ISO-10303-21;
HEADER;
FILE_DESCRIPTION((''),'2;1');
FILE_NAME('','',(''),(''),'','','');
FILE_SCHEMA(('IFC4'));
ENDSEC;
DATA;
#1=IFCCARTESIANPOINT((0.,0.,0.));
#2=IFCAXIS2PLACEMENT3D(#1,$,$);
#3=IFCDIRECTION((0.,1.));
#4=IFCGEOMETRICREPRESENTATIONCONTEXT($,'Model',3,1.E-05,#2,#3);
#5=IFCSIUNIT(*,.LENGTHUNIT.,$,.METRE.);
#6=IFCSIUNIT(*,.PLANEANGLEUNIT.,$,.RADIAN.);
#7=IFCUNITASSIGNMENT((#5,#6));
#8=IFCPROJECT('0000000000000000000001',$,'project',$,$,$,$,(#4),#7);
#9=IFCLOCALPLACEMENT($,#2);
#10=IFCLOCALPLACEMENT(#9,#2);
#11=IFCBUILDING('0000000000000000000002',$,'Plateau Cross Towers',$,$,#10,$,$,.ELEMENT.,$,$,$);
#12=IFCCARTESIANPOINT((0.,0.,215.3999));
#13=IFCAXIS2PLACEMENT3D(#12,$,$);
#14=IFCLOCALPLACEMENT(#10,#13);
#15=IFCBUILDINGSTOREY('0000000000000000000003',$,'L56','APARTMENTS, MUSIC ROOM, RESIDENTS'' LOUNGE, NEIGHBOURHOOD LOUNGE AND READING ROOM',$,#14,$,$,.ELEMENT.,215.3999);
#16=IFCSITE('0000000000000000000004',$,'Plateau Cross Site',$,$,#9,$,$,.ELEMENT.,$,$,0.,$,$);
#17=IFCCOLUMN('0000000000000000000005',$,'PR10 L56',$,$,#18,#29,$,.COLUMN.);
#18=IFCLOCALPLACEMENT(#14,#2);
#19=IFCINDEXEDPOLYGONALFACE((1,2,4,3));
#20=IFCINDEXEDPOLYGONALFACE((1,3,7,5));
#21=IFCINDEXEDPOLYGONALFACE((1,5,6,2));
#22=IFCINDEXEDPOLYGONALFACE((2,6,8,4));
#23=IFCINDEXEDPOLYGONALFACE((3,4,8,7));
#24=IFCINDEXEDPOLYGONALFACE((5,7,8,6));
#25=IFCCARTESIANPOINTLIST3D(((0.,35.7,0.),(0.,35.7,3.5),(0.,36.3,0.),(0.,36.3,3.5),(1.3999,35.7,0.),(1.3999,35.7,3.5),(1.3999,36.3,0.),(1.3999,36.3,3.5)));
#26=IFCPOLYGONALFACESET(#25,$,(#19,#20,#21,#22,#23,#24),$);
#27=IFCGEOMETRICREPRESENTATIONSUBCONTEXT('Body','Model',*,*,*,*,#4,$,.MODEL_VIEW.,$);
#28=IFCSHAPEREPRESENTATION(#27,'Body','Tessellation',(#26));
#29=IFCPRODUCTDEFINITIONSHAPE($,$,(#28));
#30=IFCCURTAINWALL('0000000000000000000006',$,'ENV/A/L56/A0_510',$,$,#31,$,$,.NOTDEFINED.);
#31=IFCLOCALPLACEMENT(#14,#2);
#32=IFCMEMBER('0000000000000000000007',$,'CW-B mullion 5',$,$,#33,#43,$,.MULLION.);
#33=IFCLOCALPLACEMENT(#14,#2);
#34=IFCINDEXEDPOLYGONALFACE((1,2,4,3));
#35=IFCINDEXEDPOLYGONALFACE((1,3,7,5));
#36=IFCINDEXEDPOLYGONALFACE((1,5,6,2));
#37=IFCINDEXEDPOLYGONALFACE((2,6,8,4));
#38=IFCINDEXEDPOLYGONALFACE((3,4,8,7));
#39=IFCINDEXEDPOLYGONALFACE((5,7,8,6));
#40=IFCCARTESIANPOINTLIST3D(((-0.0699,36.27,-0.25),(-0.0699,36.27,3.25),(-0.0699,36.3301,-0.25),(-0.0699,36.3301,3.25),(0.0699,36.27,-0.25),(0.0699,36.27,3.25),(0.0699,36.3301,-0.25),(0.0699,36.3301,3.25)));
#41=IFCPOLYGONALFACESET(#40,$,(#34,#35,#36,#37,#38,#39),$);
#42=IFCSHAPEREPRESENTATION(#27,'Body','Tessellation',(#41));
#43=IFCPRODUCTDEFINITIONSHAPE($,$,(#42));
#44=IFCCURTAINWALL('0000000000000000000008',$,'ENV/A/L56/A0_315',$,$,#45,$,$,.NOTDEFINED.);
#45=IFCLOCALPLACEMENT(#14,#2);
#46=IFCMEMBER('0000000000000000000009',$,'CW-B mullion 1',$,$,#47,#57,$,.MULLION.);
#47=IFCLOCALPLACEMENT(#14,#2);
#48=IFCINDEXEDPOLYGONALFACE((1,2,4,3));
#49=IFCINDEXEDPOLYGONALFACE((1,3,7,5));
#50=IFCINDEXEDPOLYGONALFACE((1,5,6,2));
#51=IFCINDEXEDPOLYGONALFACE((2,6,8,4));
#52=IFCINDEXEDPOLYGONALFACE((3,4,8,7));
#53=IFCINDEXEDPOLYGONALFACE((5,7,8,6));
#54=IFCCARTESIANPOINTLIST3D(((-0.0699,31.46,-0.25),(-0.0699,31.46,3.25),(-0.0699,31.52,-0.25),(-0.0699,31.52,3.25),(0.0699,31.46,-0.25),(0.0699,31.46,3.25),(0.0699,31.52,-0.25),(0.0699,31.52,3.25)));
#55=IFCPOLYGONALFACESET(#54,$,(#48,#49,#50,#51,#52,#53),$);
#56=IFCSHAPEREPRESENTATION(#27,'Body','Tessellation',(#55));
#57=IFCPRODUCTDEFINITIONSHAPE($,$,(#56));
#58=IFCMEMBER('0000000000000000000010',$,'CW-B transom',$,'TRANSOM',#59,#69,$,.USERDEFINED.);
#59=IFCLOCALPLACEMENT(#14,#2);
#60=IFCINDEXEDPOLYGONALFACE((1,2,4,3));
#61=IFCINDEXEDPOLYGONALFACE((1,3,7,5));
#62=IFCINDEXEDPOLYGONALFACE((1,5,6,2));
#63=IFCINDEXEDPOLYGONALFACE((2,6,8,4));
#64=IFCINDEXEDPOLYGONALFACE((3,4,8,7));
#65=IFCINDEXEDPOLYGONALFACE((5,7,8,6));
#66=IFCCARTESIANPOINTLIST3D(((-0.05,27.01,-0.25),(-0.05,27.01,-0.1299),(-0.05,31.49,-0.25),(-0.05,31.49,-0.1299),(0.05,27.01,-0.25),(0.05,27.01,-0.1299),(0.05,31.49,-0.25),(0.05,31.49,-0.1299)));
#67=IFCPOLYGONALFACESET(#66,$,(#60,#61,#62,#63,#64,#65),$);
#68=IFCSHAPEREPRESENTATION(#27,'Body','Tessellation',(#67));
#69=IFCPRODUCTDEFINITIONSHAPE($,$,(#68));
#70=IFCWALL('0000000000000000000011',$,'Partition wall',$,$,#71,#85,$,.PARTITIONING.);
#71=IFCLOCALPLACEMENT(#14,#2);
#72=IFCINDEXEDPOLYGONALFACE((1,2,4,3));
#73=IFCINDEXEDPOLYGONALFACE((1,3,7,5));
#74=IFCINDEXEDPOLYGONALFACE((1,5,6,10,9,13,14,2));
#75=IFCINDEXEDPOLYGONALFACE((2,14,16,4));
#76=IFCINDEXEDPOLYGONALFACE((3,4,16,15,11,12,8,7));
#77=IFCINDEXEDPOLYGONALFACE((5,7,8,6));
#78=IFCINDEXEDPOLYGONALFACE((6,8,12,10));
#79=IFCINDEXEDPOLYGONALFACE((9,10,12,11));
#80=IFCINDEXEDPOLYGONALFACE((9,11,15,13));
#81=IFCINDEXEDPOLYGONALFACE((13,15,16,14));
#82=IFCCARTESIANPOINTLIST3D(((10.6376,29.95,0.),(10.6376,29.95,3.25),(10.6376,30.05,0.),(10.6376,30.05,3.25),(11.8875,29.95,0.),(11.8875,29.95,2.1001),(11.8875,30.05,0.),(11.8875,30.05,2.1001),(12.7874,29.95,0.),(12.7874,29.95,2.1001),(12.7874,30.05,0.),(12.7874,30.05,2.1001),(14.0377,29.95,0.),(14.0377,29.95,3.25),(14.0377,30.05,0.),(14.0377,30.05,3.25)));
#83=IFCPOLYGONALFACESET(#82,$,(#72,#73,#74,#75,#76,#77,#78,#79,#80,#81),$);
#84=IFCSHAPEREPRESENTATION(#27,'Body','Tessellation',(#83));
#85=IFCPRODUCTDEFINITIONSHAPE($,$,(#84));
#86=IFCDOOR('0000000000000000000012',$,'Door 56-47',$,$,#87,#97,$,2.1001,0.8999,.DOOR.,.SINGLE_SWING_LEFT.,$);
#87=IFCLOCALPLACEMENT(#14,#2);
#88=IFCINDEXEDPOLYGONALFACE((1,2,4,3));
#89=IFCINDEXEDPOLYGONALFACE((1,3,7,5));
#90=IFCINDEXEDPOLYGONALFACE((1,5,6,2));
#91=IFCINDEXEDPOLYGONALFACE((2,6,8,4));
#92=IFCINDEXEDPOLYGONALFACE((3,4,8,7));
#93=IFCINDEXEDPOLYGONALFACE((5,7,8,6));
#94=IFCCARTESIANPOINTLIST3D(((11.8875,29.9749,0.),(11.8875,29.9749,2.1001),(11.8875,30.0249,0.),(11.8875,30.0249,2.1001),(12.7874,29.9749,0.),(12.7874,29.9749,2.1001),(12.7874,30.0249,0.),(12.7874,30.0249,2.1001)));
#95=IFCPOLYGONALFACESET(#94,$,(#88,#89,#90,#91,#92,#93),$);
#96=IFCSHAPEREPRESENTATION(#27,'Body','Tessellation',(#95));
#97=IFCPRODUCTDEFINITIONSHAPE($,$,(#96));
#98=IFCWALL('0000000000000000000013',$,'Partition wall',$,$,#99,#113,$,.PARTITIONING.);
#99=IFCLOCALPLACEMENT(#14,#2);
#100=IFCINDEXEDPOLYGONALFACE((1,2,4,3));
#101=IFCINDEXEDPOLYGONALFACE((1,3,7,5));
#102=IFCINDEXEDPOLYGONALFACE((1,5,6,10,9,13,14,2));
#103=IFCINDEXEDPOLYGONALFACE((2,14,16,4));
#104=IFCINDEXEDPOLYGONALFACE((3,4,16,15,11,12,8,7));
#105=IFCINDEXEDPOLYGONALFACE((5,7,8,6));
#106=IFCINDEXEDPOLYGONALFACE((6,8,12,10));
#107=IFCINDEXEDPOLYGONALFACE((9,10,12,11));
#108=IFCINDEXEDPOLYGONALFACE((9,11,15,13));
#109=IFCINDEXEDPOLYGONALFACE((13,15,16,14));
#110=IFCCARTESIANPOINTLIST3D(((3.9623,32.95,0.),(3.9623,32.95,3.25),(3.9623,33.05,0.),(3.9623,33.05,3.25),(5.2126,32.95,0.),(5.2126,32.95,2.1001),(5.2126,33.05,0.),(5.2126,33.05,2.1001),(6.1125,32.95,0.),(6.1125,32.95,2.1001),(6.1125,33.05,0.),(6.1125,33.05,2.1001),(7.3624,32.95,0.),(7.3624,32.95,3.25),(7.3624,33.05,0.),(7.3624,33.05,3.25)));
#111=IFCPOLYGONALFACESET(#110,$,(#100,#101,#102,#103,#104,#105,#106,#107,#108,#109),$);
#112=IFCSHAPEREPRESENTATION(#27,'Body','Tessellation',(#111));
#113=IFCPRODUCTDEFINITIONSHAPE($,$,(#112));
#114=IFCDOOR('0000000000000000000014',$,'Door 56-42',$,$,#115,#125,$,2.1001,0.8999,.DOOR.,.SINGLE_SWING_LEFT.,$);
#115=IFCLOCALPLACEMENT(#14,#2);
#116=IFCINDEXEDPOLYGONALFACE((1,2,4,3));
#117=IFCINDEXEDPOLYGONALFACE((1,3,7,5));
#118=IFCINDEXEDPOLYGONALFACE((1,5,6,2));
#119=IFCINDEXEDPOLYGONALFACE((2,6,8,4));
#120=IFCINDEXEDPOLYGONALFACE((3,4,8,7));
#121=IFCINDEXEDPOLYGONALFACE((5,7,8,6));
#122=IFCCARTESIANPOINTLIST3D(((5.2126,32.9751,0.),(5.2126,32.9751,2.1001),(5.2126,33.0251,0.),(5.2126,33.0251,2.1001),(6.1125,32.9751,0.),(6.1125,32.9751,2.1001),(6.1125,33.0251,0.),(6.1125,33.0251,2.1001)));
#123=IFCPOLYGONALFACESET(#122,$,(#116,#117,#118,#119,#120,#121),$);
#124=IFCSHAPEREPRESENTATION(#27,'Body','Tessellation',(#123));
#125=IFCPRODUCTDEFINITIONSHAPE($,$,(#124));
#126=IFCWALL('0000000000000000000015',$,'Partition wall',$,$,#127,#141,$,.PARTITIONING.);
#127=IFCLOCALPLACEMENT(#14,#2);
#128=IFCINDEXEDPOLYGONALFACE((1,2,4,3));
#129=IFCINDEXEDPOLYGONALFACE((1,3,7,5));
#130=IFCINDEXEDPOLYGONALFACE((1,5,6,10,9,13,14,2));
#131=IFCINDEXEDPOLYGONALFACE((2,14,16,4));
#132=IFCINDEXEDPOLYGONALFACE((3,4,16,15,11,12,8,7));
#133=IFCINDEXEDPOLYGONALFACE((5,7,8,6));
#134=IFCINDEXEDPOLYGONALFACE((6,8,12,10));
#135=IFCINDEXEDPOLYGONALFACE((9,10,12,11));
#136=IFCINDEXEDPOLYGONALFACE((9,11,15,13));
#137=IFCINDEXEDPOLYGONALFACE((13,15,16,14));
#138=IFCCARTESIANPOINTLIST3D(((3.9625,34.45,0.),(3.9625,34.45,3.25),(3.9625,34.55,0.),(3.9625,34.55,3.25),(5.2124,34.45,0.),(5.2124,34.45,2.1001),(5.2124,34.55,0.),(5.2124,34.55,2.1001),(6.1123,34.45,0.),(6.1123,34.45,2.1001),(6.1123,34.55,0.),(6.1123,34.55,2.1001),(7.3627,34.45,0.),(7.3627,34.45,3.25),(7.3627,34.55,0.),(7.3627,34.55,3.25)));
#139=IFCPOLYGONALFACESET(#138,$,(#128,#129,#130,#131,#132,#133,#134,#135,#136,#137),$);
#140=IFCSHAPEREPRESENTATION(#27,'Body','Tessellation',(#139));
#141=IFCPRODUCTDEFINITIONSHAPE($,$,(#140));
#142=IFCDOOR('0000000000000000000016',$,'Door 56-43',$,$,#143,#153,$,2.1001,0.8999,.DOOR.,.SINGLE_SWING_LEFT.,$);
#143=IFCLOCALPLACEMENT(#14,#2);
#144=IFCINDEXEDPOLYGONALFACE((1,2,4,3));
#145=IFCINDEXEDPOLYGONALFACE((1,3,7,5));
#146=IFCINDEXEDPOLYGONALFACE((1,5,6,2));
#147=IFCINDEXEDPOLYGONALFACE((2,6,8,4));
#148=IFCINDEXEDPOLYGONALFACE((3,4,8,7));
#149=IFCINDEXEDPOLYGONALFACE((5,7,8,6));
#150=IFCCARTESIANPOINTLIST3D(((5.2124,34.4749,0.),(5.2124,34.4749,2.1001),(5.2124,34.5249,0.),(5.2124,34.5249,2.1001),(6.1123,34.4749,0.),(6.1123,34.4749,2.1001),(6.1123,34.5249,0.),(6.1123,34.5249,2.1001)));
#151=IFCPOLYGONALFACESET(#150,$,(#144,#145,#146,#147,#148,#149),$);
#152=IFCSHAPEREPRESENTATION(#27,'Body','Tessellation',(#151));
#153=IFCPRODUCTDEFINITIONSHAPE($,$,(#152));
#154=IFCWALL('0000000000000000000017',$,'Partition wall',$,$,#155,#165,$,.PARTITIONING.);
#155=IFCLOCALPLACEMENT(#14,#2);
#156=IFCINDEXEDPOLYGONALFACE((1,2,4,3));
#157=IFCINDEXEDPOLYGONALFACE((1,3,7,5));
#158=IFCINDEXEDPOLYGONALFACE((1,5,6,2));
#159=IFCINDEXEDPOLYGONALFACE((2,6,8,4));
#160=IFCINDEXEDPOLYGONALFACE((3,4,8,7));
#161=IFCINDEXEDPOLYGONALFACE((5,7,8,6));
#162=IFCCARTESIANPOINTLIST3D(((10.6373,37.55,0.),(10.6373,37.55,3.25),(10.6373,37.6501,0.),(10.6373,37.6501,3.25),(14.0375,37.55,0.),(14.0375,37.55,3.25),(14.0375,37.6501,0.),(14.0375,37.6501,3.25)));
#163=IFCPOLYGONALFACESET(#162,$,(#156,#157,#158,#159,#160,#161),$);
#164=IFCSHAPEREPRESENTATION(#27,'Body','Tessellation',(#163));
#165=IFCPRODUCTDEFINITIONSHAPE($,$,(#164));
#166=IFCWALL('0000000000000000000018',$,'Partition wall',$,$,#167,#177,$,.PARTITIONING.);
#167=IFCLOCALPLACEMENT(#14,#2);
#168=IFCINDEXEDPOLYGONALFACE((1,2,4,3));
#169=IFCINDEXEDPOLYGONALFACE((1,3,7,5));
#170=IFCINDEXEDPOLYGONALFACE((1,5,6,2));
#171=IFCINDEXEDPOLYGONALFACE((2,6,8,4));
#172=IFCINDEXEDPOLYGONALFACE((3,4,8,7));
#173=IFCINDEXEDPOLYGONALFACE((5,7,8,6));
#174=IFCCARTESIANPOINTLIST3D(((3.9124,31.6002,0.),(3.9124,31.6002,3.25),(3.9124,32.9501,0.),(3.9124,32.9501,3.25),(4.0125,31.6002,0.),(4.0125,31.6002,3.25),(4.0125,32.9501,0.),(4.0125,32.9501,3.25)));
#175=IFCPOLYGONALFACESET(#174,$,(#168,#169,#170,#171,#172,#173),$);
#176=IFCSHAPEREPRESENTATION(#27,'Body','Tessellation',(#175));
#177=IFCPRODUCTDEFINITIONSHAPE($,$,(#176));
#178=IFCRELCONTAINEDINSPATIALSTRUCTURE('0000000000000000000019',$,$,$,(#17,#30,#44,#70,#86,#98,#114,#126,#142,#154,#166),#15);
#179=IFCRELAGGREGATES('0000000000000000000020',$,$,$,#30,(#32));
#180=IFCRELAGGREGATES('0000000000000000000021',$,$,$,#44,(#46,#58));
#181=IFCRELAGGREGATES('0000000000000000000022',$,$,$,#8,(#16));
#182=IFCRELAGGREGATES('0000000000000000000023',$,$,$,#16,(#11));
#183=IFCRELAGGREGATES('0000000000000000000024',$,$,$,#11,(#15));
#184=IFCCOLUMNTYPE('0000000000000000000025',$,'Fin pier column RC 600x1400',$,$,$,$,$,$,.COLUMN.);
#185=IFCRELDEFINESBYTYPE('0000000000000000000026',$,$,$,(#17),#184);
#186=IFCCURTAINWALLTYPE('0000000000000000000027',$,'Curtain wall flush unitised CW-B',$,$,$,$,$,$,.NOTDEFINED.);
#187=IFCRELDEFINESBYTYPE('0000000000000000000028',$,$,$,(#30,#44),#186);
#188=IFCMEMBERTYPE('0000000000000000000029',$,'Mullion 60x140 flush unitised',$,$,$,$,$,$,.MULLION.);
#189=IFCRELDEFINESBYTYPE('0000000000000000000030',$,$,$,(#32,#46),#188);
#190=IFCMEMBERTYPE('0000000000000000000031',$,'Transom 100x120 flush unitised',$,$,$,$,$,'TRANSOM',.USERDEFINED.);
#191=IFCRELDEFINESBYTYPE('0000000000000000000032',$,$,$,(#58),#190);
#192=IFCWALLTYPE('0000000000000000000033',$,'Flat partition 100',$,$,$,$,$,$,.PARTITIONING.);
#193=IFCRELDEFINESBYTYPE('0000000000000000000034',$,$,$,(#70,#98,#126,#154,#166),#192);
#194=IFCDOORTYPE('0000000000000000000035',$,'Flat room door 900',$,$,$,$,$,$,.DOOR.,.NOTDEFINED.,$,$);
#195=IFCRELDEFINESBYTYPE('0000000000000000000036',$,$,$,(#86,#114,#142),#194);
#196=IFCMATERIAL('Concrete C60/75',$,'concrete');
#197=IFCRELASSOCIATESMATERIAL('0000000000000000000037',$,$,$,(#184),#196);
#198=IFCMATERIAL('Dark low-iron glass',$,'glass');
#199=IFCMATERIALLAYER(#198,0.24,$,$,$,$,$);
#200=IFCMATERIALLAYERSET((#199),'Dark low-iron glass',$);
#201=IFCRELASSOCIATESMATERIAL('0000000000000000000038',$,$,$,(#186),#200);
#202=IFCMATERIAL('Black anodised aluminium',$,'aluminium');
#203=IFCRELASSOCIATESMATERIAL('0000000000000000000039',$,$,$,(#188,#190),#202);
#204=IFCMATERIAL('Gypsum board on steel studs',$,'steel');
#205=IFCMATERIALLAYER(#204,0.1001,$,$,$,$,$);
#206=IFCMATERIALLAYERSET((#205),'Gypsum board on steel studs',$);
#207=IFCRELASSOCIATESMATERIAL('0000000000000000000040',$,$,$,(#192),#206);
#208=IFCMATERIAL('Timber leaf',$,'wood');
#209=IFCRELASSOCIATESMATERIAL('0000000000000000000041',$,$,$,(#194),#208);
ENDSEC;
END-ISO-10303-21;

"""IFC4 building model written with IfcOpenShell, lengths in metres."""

from ifc_helpers import new_model, si_unit, direction, frame, frame_2d, origin, origin_2d, place, context, subcontext, project, spatial, rectangle, extrude, material, layer, layer_set, material_profile, profile_set, type_object, element, fill, aggregate, save


model = new_model("IFC4")

# Units and contexts
model_context = context("Model", 3, precision=1e-05, world=origin(), true_north=direction((0.0, 1.0)))
body_context = subcontext(model_context, "Body", "Model", "MODEL_VIEW")
ifc_project = project(units=[si_unit("LENGTHUNIT", "METRE"), si_unit("PLANEANGLEUNIT", "RADIAN")], contexts=[model_context])

# Site, building, storey
site_placement = place(None, origin())
site = spatial("IfcSite", under=ifc_project, at=site_placement, Name="Plateau Cross Site", CompositionType="ELEMENT", RefElevation=0.0)
building_placement = place(site_placement, origin())
building = spatial("IfcBuilding", under=site, at=building_placement, Name="Plateau Cross Towers", CompositionType="ELEMENT")
storey_placement = place(building_placement, frame((0.0, 0.0, 215.3999)))
storey = spatial("IfcBuildingStorey", under=building, at=storey_placement, Name="L56", Description="APARTMENTS, MUSIC ROOM, RESIDENTS' LOUNGE, NEIGHBOURHOOD LOUNGE AND READING ROOM", CompositionType="ELEMENT", Elevation=215.3999)

# Column
ifc_material_1 = material(Name="Concrete C60/75", Category="concrete")
ifc_material_profile_1 = material_profile(ifc_material_1, rectangle(XDim=0.6001, YDim=1.3999, at=origin_2d()), Name="RC 600x1400")
ifc_profile_set_1 = profile_set([ifc_material_profile_1], Name="Concrete C60/75")
column_type = type_object("IfcColumnType", Name="Fin pier column RC 600x1400", PredefinedType="COLUMN", material=ifc_profile_set_1)
column_placement = place(storey_placement, frame((0.7, 36.0, 0.0), z_axis=(0.0, 0.0, 1.0), x_axis=(0.0, 1.0, 0.0)))
element("IfcColumn", 1, at=column_placement, inside=storey, type_object=column_type, Name="PR10 L56", PredefinedType="COLUMN", context=body_context, shape_type="SweptSolid", body=[
    extrude(rectangle(XDim=0.6001, YDim=1.3999, at=origin_2d()), origin(), (0.0, 0.0, 1.0), 3.5),
])

# Curtain wall, member
ifc_material_2 = material(Name="Dark low-iron glass", Category="glass")
ifc_layer_1 = layer(ifc_material_2, 0.24)
ifc_layer_set_1 = layer_set([ifc_layer_1], Name="Dark low-iron glass")
curtain_wall_type = type_object("IfcCurtainWallType", Name="Curtain wall flush unitised CW-B", PredefinedType="NOTDEFINED", material=ifc_layer_set_1)
curtain_wall_1_placement = place(storey_placement, origin())
curtain_wall_1 = element("IfcCurtainWall", 2, at=curtain_wall_1_placement, inside=storey, type_object=curtain_wall_type, Name="ENV/A/L56/A0_510", PredefinedType="NOTDEFINED")
ifc_material_3 = material(Name="Black anodised aluminium", Category="aluminium")
ifc_material_profile_2 = material_profile(ifc_material_3, rectangle(XDim=0.0601, YDim=0.1399, at=origin_2d()), Name="MULLION 60x140")
ifc_profile_set_2 = profile_set([ifc_material_profile_2], Name="Black anodised aluminium")
member_type_1 = type_object("IfcMemberType", Name="Mullion 60x140 flush unitised", PredefinedType="MULLION", material=ifc_profile_set_2)
member_1_placement = place(storey_placement, frame((0.0, 36.3, -0.25), z_axis=(0.0, 0.0, 1.0), x_axis=(0.0, -1.0, 0.0)))
member_1 = element("IfcMember", 3, at=member_1_placement, type_object=member_type_1, Name="CW-B mullion 5", PredefinedType="MULLION", context=body_context, shape_type="SweptSolid", body=[
    extrude(rectangle(XDim=0.0601, YDim=0.1399, at=origin_2d()), origin(), (0.0, 0.0, 1.0), 3.5),
])
aggregate(curtain_wall_1, [member_1])

# Curtain wall, members
curtain_wall_2_placement = place(storey_placement, origin())
curtain_wall_2 = element("IfcCurtainWall", 4, at=curtain_wall_2_placement, inside=storey, type_object=curtain_wall_type, Name="ENV/A/L56/A0_315", PredefinedType="NOTDEFINED")
member_2_placement = place(storey_placement, frame((0.0, 31.49, -0.25), z_axis=(0.0, 0.0, 1.0), x_axis=(0.0, -1.0, 0.0)))
member_2 = element("IfcMember", 5, at=member_2_placement, type_object=member_type_1, Name="CW-B mullion 1", PredefinedType="MULLION", context=body_context, shape_type="SweptSolid", body=[
    extrude(rectangle(XDim=0.0601, YDim=0.1399, at=origin_2d()), origin(), (0.0, 0.0, 1.0), 3.5),
])
ifc_material_profile_3 = material_profile(ifc_material_3, rectangle(XDim=0.1001, YDim=0.1201, at=origin_2d()), Name="TRANSOM 100x120")
ifc_profile_set_3 = profile_set([ifc_material_profile_3], Name="Black anodised aluminium")
member_type_2 = type_object("IfcMemberType", Name="Transom 100x120 flush unitised", ElementType="TRANSOM", PredefinedType="USERDEFINED", material=ifc_profile_set_3)
member_3_placement = place(storey_placement, frame((0.0, 31.49, -0.1899), z_axis=(0.0, -1.0, 0.0), x_axis=(1.0, 0.0, 0.0)))
member_3 = element("IfcMember", 6, at=member_3_placement, type_object=member_type_2, Name="CW-B transom", ObjectType="TRANSOM", PredefinedType="USERDEFINED", context=body_context, shape_type="SweptSolid", body=[
    extrude(rectangle(XDim=0.1001, YDim=0.1201, at=origin_2d()), origin(), (0.0, 0.0, 1.0), 4.48),
])
aggregate(curtain_wall_2, [member_2, member_3])

# Walls, openings, doors
ifc_material_4 = material(Name="Gypsum board on steel studs", Category="steel")
ifc_layer_2 = layer(ifc_material_4, 0.1001)
ifc_layer_set_2 = layer_set([ifc_layer_2], Name="Gypsum board on steel studs")
wall_type_1 = type_object("IfcWallType", Name="Flat partition 100", PredefinedType="PARTITIONING", material=ifc_layer_set_2)
wall_1_placement = place(storey_placement, frame((10.6375, 30.0, 0.0), z_axis=(0.0, 0.0, 1.0), x_axis=(1.0, 0.0, 0.0)))
wall_1 = element("IfcWall", 7, at=wall_1_placement, inside=storey, type_object=wall_type_1, Name="Partition wall", PredefinedType="PARTITIONING", context=body_context, shape_type="SweptSolid", body=[
    extrude(rectangle(XDim=3.4001, YDim=0.1001, at=frame_2d((1.7002, 0.0))), origin(), (0.0, 0.0, 1.0), 3.25),
])
opening_1_placement = place(wall_1_placement, frame((1.25, 0.0, 0.0)))
opening_1 = element("IfcOpeningElement", 8, at=opening_1_placement, cuts=wall_1, PredefinedType="OPENING", context=body_context, shape_type="SweptSolid", body=[
    extrude(rectangle(XDim=0.8999, YDim=2.1001, at=frame_2d((0.45, 1.05))), frame((0.0, 0.0601, 0.0), z_axis=(0.0, -1.0, 0.0), x_axis=(1.0, 0.0, 0.0)), (0.0, 0.0, 1.0), 0.1201),
])
ifc_material_5 = material(Name="Timber leaf", Category="wood")
door_type_1 = type_object("IfcDoorType", Name="Flat room door 900", OperationType="NOTDEFINED", PredefinedType="DOOR", material=ifc_material_5)
door_1_placement = place(opening_1_placement, origin())
door_1 = element("IfcDoor", 9, at=door_1_placement, inside=storey, type_object=door_type_1, Name="Door 56-47", OperationType="SINGLE_SWING_LEFT", OverallHeight=2.1001, OverallWidth=0.8999, PredefinedType="DOOR", context=body_context, shape_type="SweptSolid", body=[
    extrude(rectangle(XDim=0.8999, YDim=2.1001, at=frame_2d((0.45, 1.05))), frame((0.0, 0.0249, 0.0), z_axis=(0.0, -1.0, 0.0), x_axis=(1.0, 0.0, 0.0)), (0.0, 0.0, 1.0), 0.05),
])
fill(opening_1, door_1)
wall_2_placement = place(storey_placement, frame((7.3625, 33.0, 0.0), z_axis=(0.0, 0.0, 1.0), x_axis=(-1.0, 0.0, 0.0)))
wall_2 = element("IfcWall", 10, at=wall_2_placement, inside=storey, type_object=wall_type_1, Name="Partition wall", PredefinedType="PARTITIONING", context=body_context, shape_type="SweptSolid", body=[
    extrude(rectangle(XDim=3.4001, YDim=0.1001, at=frame_2d((1.7002, 0.0))), origin(), (0.0, 0.0, 1.0), 3.25),
])
opening_2_placement = place(wall_2_placement, frame((1.25, 0.0, 0.0)))
opening_2 = element("IfcOpeningElement", 11, at=opening_2_placement, cuts=wall_2, PredefinedType="OPENING", context=body_context, shape_type="SweptSolid", body=[
    extrude(rectangle(XDim=0.8999, YDim=2.1001, at=frame_2d((0.45, 1.05))), frame((0.0, 0.0601, 0.0), z_axis=(0.0, -1.0, 0.0), x_axis=(1.0, 0.0, 0.0)), (0.0, 0.0, 1.0), 0.1201),
])
door_2_placement = place(opening_2_placement, origin())
door_2 = element("IfcDoor", 12, at=door_2_placement, inside=storey, type_object=door_type_1, Name="Door 56-42", OperationType="SINGLE_SWING_LEFT", OverallHeight=2.1001, OverallWidth=0.8999, PredefinedType="DOOR", context=body_context, shape_type="SweptSolid", body=[
    extrude(rectangle(XDim=0.8999, YDim=2.1001, at=frame_2d((0.45, 1.05))), frame((0.0, 0.0249, 0.0), z_axis=(0.0, -1.0, 0.0), x_axis=(1.0, 0.0, 0.0)), (0.0, 0.0, 1.0), 0.05),
])
fill(opening_2, door_2)
wall_3_placement = place(storey_placement, frame((3.9624, 34.5, 0.0), z_axis=(0.0, 0.0, 1.0), x_axis=(1.0, 0.0, 0.0)))
wall_3 = element("IfcWall", 13, at=wall_3_placement, inside=storey, type_object=wall_type_1, Name="Partition wall", PredefinedType="PARTITIONING", context=body_context, shape_type="SweptSolid", body=[
    extrude(rectangle(XDim=3.4001, YDim=0.1001, at=frame_2d((1.7002, 0.0))), origin(), (0.0, 0.0, 1.0), 3.25),
])
opening_3_placement = place(wall_3_placement, frame((1.25, 0.0, 0.0)))
opening_3 = element("IfcOpeningElement", 14, at=opening_3_placement, cuts=wall_3, PredefinedType="OPENING", context=body_context, shape_type="SweptSolid", body=[
    extrude(rectangle(XDim=0.8999, YDim=2.1001, at=frame_2d((0.45, 1.05))), frame((0.0, 0.0601, 0.0), z_axis=(0.0, -1.0, 0.0), x_axis=(1.0, 0.0, 0.0)), (0.0, 0.0, 1.0), 0.1201),
])
door_3_placement = place(opening_3_placement, origin())
door_3 = element("IfcDoor", 15, at=door_3_placement, inside=storey, type_object=door_type_1, Name="Door 56-43", OperationType="SINGLE_SWING_LEFT", OverallHeight=2.1001, OverallWidth=0.8999, PredefinedType="DOOR", context=body_context, shape_type="SweptSolid", body=[
    extrude(rectangle(XDim=0.8999, YDim=2.1001, at=frame_2d((0.45, 1.05))), frame((0.0, 0.0249, 0.0), z_axis=(0.0, -1.0, 0.0), x_axis=(1.0, 0.0, 0.0)), (0.0, 0.0, 1.0), 0.05),
])
fill(opening_3, door_3)

# Walls
wall_4_placement = place(storey_placement, frame((14.0376, 37.6001, 0.0), z_axis=(0.0, 0.0, 1.0), x_axis=(-1.0, 0.0, 0.0)))
element("IfcWall", 16, at=wall_4_placement, inside=storey, type_object=wall_type_1, Name="Partition wall", PredefinedType="PARTITIONING", context=body_context, shape_type="SweptSolid", body=[
    extrude(rectangle(XDim=3.4001, YDim=0.1001, at=frame_2d((1.7002, 0.0))), origin(), (0.0, 0.0, 1.0), 3.25),
])
for number, where, z_axis, x_axis, name in (
    (17, (3.9624, 32.95, 0.0), (0.0, 0.0, 1.0), (0.0, -1.0, 0.0), "Partition wall"),
):
    element("IfcWall", number, at=place(storey_placement, frame(where, z_axis=z_axis, x_axis=x_axis)), inside=storey, type_object=wall_type_1, Name=name, PredefinedType="PARTITIONING", context=body_context, shape_type="SweptSolid", body=[
        extrude(rectangle(XDim=1.3499, YDim=0.1001, at=frame_2d((0.6748, 0.0))), origin(), (0.0, 0.0, 1.0), 3.25),
    ])

save(model, "model.ifc")
